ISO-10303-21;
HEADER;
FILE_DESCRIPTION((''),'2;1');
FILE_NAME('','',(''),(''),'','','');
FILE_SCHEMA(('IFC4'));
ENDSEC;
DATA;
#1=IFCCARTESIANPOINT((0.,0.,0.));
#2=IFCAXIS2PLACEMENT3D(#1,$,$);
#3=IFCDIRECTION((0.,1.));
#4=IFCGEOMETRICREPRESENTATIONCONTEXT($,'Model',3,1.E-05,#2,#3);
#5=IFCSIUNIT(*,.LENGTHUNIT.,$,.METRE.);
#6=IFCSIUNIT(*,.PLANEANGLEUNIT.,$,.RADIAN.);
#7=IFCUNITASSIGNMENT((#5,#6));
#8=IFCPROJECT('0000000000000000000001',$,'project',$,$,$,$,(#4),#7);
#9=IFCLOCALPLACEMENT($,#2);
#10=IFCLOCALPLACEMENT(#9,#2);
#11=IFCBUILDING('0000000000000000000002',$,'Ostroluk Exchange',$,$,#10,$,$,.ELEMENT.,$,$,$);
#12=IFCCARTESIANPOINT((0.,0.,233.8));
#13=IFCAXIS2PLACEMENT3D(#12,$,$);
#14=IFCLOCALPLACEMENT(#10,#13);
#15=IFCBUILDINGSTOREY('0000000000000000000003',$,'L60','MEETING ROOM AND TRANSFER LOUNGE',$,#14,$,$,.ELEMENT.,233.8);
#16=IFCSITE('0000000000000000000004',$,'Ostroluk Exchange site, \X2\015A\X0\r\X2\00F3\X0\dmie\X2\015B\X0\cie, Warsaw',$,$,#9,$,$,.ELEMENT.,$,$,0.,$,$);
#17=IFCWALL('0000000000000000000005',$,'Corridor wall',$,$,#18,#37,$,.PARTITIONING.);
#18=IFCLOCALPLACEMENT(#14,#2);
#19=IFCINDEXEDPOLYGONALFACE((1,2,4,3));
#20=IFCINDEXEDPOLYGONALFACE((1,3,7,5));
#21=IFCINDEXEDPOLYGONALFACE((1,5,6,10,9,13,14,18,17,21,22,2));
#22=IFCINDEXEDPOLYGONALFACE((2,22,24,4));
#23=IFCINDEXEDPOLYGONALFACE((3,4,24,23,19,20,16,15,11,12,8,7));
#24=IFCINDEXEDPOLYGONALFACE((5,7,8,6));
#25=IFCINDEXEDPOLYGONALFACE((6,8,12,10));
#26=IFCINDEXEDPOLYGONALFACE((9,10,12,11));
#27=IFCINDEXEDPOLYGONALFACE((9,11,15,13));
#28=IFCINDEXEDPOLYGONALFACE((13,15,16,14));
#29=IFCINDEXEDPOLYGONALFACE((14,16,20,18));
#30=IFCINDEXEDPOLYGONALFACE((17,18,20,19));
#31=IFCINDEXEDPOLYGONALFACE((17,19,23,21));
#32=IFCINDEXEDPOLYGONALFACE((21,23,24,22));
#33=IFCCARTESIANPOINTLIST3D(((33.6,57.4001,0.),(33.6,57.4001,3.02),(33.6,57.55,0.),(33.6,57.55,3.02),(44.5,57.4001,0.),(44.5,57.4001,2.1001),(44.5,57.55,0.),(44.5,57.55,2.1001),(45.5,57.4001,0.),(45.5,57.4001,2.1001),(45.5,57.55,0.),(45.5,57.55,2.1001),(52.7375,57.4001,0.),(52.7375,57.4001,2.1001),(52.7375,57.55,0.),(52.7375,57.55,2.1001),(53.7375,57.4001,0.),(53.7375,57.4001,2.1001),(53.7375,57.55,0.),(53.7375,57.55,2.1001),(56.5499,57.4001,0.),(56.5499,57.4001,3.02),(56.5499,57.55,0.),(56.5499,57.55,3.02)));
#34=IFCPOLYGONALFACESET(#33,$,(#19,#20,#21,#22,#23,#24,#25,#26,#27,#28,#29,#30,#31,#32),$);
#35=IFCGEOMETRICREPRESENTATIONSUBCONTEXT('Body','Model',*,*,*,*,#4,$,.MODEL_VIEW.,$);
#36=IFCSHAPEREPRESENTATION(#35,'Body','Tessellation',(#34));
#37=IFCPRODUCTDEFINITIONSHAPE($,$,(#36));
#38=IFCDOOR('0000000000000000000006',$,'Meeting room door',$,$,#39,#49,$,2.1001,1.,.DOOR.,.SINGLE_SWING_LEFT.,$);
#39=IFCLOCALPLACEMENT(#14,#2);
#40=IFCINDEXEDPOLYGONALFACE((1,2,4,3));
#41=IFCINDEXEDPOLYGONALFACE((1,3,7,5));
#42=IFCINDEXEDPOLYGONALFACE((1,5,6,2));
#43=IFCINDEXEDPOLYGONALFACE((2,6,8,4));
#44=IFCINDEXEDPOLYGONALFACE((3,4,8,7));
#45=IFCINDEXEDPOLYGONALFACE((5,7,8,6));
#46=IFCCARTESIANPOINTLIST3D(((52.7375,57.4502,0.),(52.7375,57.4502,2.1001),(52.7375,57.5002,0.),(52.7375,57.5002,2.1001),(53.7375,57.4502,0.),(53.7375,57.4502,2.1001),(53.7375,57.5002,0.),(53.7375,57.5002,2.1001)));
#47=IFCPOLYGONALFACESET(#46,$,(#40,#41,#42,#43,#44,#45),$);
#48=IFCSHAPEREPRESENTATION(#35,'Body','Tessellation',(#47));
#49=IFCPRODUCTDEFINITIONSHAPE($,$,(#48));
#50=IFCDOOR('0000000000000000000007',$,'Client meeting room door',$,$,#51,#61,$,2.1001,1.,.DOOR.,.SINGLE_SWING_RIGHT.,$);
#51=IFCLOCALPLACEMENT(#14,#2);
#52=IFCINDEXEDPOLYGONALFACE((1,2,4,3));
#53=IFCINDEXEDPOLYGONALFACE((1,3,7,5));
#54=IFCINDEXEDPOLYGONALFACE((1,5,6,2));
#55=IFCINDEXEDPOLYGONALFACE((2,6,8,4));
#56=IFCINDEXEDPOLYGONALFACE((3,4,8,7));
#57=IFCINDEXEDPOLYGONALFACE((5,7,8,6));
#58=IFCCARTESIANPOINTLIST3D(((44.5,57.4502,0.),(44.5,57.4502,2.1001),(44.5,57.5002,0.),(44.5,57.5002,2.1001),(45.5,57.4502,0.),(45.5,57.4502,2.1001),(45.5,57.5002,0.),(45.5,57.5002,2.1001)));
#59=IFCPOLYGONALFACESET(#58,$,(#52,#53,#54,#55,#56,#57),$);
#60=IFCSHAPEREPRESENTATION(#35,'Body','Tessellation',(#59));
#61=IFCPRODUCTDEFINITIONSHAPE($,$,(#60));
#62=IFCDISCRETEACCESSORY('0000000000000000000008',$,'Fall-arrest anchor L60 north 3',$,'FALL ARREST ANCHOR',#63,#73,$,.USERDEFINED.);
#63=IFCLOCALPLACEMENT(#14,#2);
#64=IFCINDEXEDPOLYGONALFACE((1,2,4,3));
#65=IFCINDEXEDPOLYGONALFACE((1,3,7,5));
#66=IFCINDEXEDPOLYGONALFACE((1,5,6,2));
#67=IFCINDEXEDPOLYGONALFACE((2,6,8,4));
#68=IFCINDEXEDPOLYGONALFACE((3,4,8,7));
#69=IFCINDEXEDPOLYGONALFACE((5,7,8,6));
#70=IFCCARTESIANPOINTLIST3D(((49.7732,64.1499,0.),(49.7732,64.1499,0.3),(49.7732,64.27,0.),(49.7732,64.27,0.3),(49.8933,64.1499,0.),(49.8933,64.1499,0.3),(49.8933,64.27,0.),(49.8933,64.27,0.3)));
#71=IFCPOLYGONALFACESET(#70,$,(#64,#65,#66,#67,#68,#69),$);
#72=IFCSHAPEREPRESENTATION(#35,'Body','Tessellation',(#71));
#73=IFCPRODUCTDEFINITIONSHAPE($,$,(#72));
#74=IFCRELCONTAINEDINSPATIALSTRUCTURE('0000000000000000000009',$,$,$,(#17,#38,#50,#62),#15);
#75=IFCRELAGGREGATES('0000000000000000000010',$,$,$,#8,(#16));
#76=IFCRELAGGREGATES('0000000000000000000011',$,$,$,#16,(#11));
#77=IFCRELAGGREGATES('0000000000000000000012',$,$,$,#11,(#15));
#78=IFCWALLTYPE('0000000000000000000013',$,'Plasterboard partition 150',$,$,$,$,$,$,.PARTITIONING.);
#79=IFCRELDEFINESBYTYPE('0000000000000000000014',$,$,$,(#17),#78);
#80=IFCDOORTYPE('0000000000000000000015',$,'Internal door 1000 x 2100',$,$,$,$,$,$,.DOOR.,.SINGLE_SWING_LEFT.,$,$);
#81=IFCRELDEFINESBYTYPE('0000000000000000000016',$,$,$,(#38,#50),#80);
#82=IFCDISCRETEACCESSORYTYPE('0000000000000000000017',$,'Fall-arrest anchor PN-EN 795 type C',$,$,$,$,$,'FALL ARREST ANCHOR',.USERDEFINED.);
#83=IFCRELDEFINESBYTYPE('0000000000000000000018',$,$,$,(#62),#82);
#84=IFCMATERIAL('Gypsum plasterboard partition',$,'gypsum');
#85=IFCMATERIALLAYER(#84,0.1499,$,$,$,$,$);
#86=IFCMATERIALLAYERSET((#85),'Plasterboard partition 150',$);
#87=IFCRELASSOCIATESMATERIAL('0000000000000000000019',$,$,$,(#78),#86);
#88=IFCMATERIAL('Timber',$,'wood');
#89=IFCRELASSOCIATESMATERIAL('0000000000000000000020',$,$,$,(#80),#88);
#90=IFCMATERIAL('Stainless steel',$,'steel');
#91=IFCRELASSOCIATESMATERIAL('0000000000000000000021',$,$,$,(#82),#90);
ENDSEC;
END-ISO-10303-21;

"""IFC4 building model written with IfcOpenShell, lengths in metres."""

from ifc_helpers import new_model, si_unit, direction, frame, frame_2d, origin, origin_2d, place, context, subcontext, project, spatial, rectangle, extrude, material, layer, layer_set, type_object, element, fill, save


model = new_model("IFC4")

# Units and contexts
model_context = context("Model", 3, precision=1e-05, world=origin(), true_north=direction((0.0, 1.0)))
body_context = subcontext(model_context, "Body", "Model", "MODEL_VIEW")
ifc_project = project(units=[si_unit("LENGTHUNIT", "METRE"), si_unit("PLANEANGLEUNIT", "RADIAN")], contexts=[model_context])

# Site, building, storey
site_placement = place(None, origin())
site = spatial("IfcSite", under=ifc_project, at=site_placement, Name="Ostroluk Exchange site, Śródmieście, Warsaw", CompositionType="ELEMENT", RefElevation=0.0)
building_placement = place(site_placement, origin())
building = spatial("IfcBuilding", under=site, at=building_placement, Name="Ostroluk Exchange", CompositionType="ELEMENT")
storey_placement = place(building_placement, frame((0.0, 0.0, 233.8)))
storey = spatial("IfcBuildingStorey", under=building, at=storey_placement, Name="L60", Description="MEETING ROOM AND TRANSFER LOUNGE", CompositionType="ELEMENT", Elevation=233.8)

# Shared definitions
ifc_material_1 = material(Name="Gypsum plasterboard partition", Category="gypsum")
ifc_layer_1 = layer(ifc_material_1, 0.1499)
ifc_layer_set_1 = layer_set([ifc_layer_1], Name="Plasterboard partition 150")
wall_type = type_object("IfcWallType", Name="Plasterboard partition 150", PredefinedType="PARTITIONING", material=ifc_layer_set_1)

# Wall, openings, doors
wall_1_placement = place(storey_placement, frame((56.55, 57.4751, 0.0), z_axis=(0.0, 0.0, 1.0), x_axis=(-1.0, 0.0, 0.0)))
wall_1 = element("IfcWall", 1, at=wall_1_placement, inside=storey, type_object=wall_type, Name="Corridor wall", PredefinedType="PARTITIONING", context=body_context, shape_type="SweptSolid", body=[
    extrude(rectangle(XDim=22.95, YDim=0.1499, at=frame_2d((11.4751, 0.0))), origin(), (0.0, 0.0, 1.0), 3.02),
])
opening_1_placement = place(wall_1_placement, frame((2.8125, 0.0, 0.0)))
opening_1 = element("IfcOpeningElement", 2, at=opening_1_placement, cuts=wall_1, PredefinedType="OPENING", context=body_context, shape_type="SweptSolid", body=[
    extrude(rectangle(XDim=1.0, YDim=2.1001, at=frame_2d((0.5, 1.05))), frame((0.0, 0.085, 0.0), z_axis=(0.0, -1.0, 0.0), x_axis=(1.0, 0.0, 0.0)), (0.0, 0.0, 1.0), 0.1699),
])
opening_2_placement = place(wall_1_placement, frame((11.05, 0.0, 0.0)))
opening_2 = element("IfcOpeningElement", 3, at=opening_2_placement, cuts=wall_1, PredefinedType="OPENING", context=body_context, shape_type="SweptSolid", body=[
    extrude(rectangle(XDim=1.0, YDim=2.1001, at=frame_2d((0.5, 1.05))), frame((0.0, 0.085, 0.0), z_axis=(0.0, -1.0, 0.0), x_axis=(1.0, 0.0, 0.0)), (0.0, 0.0, 1.0), 0.1699),
])
ifc_material_2 = material(Name="Timber", Category="wood")
door_type = type_object("IfcDoorType", Name="Internal door 1000 x 2100", OperationType="SINGLE_SWING_LEFT", PredefinedType="DOOR", material=ifc_material_2)
door_1_placement = place(opening_1_placement, origin())
door_1 = element("IfcDoor", 4, at=door_1_placement, inside=storey, type_object=door_type, Name="Meeting room door", OperationType="SINGLE_SWING_LEFT", OverallHeight=2.1001, OverallWidth=1.0, PredefinedType="DOOR", context=body_context, shape_type="SweptSolid", body=[
    extrude(rectangle(XDim=1.0, YDim=2.1001, at=frame_2d((0.5, 1.05))), frame((0.0, 0.0249, 0.0), z_axis=(0.0, -1.0, 0.0), x_axis=(1.0, 0.0, 0.0)), (0.0, 0.0, 1.0), 0.05),
])
fill(opening_1, door_1)
door_2_placement = place(opening_2_placement, origin())
door_2 = element("IfcDoor", 5, at=door_2_placement, inside=storey, type_object=door_type, Name="Client meeting room door", OperationType="SINGLE_SWING_RIGHT", OverallHeight=2.1001, OverallWidth=1.0, PredefinedType="DOOR", context=body_context, shape_type="SweptSolid", body=[
    extrude(rectangle(XDim=1.0, YDim=2.1001, at=frame_2d((0.5, 1.05))), frame((0.0, 0.0249, 0.0), z_axis=(0.0, -1.0, 0.0), x_axis=(1.0, 0.0, 0.0)), (0.0, 0.0, 1.0), 0.05),
])
fill(opening_2, door_2)

# Discrete accessory
ifc_material_3 = material(Name="Stainless steel", Category="steel")
discrete_accessory_type = type_object("IfcDiscreteAccessoryType", Name="Fall-arrest anchor PN-EN 795 type C", ElementType="FALL ARREST ANCHOR", PredefinedType="USERDEFINED", material=ifc_material_3)
discrete_accessory_placement = place(storey_placement, frame((49.8333, 64.21, 0.0), z_axis=(0.0, 0.0, 1.0), x_axis=(1.0, 0.0, 0.0)))
element("IfcDiscreteAccessory", 6, at=discrete_accessory_placement, inside=storey, type_object=discrete_accessory_type, Name="Fall-arrest anchor L60 north 3", ObjectType="FALL ARREST ANCHOR", PredefinedType="USERDEFINED", context=body_context, shape_type="SweptSolid", body=[
    extrude(rectangle(XDim=0.1201, YDim=0.1201, at=origin_2d()), origin(), (0.0, 0.0, 1.0), 0.3),
])

save(model, "model.ifc")
